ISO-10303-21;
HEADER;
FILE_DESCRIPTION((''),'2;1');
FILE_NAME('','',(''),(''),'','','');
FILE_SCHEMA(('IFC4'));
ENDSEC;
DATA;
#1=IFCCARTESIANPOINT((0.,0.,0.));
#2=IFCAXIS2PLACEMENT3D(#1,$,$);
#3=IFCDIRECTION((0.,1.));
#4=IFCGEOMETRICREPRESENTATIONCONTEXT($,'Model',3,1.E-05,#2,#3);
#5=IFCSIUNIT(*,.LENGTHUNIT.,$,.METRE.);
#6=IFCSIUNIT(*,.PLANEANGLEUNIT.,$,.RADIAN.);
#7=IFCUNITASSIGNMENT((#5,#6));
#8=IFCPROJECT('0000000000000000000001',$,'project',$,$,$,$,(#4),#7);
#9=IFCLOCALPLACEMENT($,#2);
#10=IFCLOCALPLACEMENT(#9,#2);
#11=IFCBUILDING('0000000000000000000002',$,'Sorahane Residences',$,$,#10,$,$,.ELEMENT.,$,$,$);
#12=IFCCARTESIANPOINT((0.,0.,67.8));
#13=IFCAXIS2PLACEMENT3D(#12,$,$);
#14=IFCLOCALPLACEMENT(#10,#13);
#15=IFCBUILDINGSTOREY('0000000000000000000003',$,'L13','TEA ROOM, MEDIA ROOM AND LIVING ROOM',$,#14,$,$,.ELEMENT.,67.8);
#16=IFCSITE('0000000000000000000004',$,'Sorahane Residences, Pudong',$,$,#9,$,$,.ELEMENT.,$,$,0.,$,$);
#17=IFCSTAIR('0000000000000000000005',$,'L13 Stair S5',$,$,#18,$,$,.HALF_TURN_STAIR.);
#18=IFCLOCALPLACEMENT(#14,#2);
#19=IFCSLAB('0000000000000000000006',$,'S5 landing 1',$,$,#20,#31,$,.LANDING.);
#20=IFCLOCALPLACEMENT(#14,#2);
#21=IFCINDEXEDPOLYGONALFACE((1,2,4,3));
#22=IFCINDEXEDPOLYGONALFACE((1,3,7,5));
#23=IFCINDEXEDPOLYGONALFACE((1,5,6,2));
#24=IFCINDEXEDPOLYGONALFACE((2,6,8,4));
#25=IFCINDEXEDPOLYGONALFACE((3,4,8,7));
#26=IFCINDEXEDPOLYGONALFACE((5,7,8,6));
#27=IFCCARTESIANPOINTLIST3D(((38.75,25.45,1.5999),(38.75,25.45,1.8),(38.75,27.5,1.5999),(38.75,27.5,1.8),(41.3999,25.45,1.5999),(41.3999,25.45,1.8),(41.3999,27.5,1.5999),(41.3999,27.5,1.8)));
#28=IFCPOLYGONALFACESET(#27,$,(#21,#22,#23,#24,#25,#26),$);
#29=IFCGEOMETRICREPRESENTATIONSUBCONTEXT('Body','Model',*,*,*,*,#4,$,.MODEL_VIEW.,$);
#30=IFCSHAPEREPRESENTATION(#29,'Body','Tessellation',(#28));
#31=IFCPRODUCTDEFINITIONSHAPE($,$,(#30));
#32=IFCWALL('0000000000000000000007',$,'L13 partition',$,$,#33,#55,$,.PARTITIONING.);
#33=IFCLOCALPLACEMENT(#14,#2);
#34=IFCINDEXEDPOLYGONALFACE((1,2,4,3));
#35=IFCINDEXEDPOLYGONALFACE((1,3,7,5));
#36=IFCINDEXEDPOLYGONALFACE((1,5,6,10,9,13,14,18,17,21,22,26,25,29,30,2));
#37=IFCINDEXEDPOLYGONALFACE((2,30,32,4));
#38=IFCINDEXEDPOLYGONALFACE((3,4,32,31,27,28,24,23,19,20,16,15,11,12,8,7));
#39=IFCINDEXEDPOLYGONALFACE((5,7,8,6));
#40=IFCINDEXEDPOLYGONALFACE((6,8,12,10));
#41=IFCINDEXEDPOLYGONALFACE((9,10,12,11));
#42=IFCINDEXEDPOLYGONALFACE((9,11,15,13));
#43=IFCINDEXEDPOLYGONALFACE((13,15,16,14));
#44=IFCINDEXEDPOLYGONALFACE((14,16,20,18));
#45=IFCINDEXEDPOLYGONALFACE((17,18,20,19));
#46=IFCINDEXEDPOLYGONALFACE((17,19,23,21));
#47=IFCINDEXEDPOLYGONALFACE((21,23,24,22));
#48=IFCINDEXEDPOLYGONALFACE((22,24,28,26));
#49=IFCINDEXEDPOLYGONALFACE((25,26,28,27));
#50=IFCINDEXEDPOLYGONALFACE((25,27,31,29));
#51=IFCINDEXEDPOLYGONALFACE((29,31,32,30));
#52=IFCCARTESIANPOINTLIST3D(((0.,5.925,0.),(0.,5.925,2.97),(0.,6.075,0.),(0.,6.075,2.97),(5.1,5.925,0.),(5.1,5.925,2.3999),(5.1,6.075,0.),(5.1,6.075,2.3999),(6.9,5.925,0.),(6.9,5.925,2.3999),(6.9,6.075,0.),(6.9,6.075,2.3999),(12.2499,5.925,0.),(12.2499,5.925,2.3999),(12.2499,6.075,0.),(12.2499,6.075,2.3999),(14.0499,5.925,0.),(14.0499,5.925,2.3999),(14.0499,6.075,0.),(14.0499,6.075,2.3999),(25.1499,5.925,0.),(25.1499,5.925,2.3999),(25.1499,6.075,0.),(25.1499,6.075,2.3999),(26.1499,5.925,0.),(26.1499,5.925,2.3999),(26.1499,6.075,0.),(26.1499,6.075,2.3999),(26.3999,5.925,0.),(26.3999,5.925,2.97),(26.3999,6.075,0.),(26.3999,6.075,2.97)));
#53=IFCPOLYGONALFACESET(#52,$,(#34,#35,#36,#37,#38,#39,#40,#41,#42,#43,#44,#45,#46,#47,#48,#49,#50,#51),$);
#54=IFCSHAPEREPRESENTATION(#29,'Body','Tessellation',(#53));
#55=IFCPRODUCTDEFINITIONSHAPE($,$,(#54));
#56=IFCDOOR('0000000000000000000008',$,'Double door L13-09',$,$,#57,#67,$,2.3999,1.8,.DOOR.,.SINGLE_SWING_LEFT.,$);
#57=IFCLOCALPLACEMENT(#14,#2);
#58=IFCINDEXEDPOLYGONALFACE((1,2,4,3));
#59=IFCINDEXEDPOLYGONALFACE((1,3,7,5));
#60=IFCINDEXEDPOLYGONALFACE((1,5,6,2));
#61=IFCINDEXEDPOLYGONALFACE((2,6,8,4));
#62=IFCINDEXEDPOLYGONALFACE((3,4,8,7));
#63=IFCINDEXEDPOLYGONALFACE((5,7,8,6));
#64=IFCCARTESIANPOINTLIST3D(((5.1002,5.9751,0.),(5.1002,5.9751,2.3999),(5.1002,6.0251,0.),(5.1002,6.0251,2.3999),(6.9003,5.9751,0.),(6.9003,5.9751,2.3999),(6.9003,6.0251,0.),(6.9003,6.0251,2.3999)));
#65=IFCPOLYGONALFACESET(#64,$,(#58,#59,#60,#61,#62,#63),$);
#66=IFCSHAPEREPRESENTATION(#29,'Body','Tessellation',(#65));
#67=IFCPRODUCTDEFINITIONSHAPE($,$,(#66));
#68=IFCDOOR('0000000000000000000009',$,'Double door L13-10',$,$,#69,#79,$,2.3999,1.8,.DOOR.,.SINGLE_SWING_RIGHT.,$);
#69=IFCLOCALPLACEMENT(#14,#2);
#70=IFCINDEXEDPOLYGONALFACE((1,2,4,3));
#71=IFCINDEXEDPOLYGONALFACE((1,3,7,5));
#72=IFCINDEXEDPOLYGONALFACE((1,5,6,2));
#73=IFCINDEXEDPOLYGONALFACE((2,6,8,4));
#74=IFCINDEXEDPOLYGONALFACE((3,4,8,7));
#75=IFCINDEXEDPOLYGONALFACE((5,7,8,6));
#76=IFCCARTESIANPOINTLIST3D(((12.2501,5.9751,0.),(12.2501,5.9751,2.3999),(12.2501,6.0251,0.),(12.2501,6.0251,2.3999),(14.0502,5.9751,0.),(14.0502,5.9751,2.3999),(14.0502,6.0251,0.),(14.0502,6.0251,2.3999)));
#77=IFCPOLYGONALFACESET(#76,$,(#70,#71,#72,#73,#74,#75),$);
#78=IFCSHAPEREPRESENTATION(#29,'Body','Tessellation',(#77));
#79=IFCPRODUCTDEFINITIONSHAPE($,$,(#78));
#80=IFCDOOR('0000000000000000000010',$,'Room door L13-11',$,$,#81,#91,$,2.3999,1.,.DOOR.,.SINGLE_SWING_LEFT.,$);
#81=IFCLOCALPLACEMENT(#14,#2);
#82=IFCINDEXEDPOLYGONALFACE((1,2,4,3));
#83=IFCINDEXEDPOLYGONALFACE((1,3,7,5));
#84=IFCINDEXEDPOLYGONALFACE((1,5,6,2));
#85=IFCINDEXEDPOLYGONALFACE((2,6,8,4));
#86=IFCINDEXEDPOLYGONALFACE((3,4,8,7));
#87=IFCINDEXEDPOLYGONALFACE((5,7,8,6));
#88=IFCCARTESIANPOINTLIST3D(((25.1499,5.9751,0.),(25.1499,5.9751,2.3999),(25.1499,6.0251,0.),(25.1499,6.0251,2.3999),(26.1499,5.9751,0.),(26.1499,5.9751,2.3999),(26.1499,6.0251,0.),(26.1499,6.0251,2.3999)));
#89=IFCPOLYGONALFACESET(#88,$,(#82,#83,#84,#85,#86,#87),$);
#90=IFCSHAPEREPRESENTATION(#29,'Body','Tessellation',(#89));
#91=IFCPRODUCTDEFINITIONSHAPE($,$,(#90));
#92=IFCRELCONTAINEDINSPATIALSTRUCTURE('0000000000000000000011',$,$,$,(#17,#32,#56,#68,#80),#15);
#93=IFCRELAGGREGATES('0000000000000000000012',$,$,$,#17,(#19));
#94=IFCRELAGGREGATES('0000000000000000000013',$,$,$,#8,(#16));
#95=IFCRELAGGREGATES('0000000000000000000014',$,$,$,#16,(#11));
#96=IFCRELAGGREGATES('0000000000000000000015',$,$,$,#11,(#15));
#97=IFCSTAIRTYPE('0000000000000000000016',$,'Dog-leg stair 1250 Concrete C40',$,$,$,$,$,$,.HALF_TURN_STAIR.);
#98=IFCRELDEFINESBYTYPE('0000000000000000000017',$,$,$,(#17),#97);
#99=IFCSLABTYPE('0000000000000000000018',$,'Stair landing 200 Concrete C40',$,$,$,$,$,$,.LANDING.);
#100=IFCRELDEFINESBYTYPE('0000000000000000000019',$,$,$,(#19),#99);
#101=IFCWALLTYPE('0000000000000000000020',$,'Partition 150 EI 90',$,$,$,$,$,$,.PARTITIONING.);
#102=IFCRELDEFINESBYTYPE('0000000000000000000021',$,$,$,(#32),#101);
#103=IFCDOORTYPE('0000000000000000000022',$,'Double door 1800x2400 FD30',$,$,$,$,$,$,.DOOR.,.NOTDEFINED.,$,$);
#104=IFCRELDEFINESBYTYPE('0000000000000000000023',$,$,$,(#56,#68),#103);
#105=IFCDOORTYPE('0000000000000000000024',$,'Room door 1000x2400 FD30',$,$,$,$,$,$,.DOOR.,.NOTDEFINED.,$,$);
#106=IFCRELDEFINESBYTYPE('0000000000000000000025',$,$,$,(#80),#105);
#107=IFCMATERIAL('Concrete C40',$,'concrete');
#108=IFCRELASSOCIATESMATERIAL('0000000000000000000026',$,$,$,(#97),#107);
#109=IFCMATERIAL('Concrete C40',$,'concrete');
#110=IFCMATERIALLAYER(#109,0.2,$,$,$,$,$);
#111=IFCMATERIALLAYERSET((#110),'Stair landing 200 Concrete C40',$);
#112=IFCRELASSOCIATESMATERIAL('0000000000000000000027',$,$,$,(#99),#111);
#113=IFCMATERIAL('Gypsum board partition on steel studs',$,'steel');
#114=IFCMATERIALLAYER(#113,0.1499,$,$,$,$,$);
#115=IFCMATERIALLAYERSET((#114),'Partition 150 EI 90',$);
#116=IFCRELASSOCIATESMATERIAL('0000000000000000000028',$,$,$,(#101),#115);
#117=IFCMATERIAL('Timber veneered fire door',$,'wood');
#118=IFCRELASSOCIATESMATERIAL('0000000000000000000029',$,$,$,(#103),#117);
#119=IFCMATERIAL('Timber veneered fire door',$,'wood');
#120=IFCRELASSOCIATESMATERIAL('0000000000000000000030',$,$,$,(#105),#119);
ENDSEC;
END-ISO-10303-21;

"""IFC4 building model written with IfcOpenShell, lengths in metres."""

from ifc_helpers import new_model, si_unit, direction, frame, frame_2d, origin, place, context, subcontext, project, spatial, polyline, rectangle, outline, extrude, material, layer, layer_set, type_object, element, fill, aggregate, save


model = new_model("IFC4")

# Units and contexts
model_context = context("Model", 3, precision=1e-05, world=origin(), true_north=direction((0.0, 1.0)))
body_context = subcontext(model_context, "Body", "Model", "MODEL_VIEW")
ifc_project = project(units=[si_unit("LENGTHUNIT", "METRE"), si_unit("PLANEANGLEUNIT", "RADIAN")], contexts=[model_context])

# Site, building, storey
site_placement = place(None, origin())
site = spatial("IfcSite", under=ifc_project, at=site_placement, Name="Sorahane Residences, Pudong", CompositionType="ELEMENT", RefElevation=0.0)
building_placement = place(site_placement, origin())
building = spatial("IfcBuilding", under=site, at=building_placement, Name="Sorahane Residences", CompositionType="ELEMENT")
storey_placement = place(building_placement, frame((0.0, 0.0, 67.8)))
storey = spatial("IfcBuildingStorey", under=building, at=storey_placement, Name="L13", Description="TEA ROOM, MEDIA ROOM AND LIVING ROOM", CompositionType="ELEMENT", Elevation=67.8)

# Stair, slab
ifc_material_1 = material(Name="Concrete C40", Category="concrete")
stair_type = type_object("IfcStairType", Name="Dog-leg stair 1250 Concrete C40", PredefinedType="HALF_TURN_STAIR", material=ifc_material_1)
ifc_material_2 = material(Name="Concrete C40", Category="concrete")
ifc_layer_1 = layer(ifc_material_2, 0.2)
ifc_layer_set_1 = layer_set([ifc_layer_1], Name="Stair landing 200 Concrete C40")
slab_type_1 = type_object("IfcSlabType", Name="Stair landing 200 Concrete C40", PredefinedType="LANDING", material=ifc_layer_set_1)
stair_1_placement = place(storey_placement, origin())
stair_1 = element("IfcStair", 1, at=stair_1_placement, inside=storey, type_object=stair_type, Name="L13 Stair S5", PredefinedType="HALF_TURN_STAIR")
slab_1_placement = place(storey_placement, frame((0.0, 0.0, 1.5999)))
slab_1 = element("IfcSlab", 2, at=slab_1_placement, type_object=slab_type_1, Name="S5 landing 1", PredefinedType="LANDING", context=body_context, shape_type="SweptSolid", body=[
    extrude(outline(polyline([(41.3999, 25.45), (41.3999, 27.5), (38.75, 27.5), (38.75, 25.45), (41.3999, 25.45)])), origin(), (0.0, 0.0, 1.0), 0.2002),
])
aggregate(stair_1, [slab_1])

# Wall, openings, doors
ifc_material_3 = material(Name="Gypsum board partition on steel studs", Category="steel")
ifc_layer_2 = layer(ifc_material_3, 0.1499)
ifc_layer_set_2 = layer_set([ifc_layer_2], Name="Partition 150 EI 90")
wall_type = type_object("IfcWallType", Name="Partition 150 EI 90", PredefinedType="PARTITIONING", material=ifc_layer_set_2)
wall_placement = place(storey_placement, frame((0.0, 6.0, 0.0), z_axis=(0.0, 0.0, 1.0), x_axis=(1.0, 0.0, 0.0)))
wall = element("IfcWall", 3, at=wall_placement, inside=storey, type_object=wall_type, Name="L13 partition", PredefinedType="PARTITIONING", context=body_context, shape_type="SweptSolid", body=[
    extrude(rectangle(XDim=26.3999, YDim=0.1499, at=frame_2d((13.2, 0.0))), origin(), (0.0, 0.0, 1.0), 2.97),
])
opening_1_placement = place(wall_placement, frame((5.1001, 0.0, 0.0)))
opening_1 = element("IfcOpeningElement", 4, at=opening_1_placement, cuts=wall, PredefinedType="OPENING", context=body_context, shape_type="SweptSolid", body=[
    extrude(rectangle(XDim=1.8, YDim=2.3999, at=frame_2d((0.8999, 1.2))), frame((0.0, 0.085, 0.0), z_axis=(0.0, -1.0, 0.0), x_axis=(1.0, 0.0, 0.0)), (0.0, 0.0, 1.0), 0.1699),
])
opening_2_placement = place(wall_placement, frame((12.25, 0.0, 0.0)))
opening_2 = element("IfcOpeningElement", 5, at=opening_2_placement, cuts=wall, PredefinedType="OPENING", context=body_context, shape_type="SweptSolid", body=[
    extrude(rectangle(XDim=1.8, YDim=2.3999, at=frame_2d((0.8999, 1.2))), frame((0.0, 0.085, 0.0), z_axis=(0.0, -1.0, 0.0), x_axis=(1.0, 0.0, 0.0)), (0.0, 0.0, 1.0), 0.1699),
])
opening_3_placement = place(wall_placement, frame((25.1499, 0.0, 0.0)))
opening_3 = element("IfcOpeningElement", 6, at=opening_3_placement, cuts=wall, PredefinedType="OPENING", context=body_context, shape_type="SweptSolid", body=[
    extrude(rectangle(XDim=1.0, YDim=2.3999, at=frame_2d((0.5, 1.2))), frame((0.0, 0.085, 0.0), z_axis=(0.0, -1.0, 0.0), x_axis=(1.0, 0.0, 0.0)), (0.0, 0.0, 1.0), 0.1699),
])
ifc_material_4 = material(Name="Timber veneered fire door", Category="wood")
door_type_1 = type_object("IfcDoorType", Name="Double door 1800x2400 FD30", OperationType="NOTDEFINED", PredefinedType="DOOR", material=ifc_material_4)
door_1_placement = place(opening_1_placement, frame((1.8, 0.0, 0.0), z_axis=(0.0, 0.0, 1.0), x_axis=(-1.0, 0.0, 0.0)))
door_1 = element("IfcDoor", 7, at=door_1_placement, inside=storey, type_object=door_type_1, Name="Double door L13-09", OperationType="SINGLE_SWING_LEFT", OverallHeight=2.3999, OverallWidth=1.8, PredefinedType="DOOR", context=body_context, shape_type="SweptSolid", body=[
    extrude(rectangle(XDim=1.8, YDim=2.3999, at=frame_2d((0.8999, 1.2))), frame((0.0, 0.0249, 0.0), z_axis=(0.0, -1.0, 0.0), x_axis=(1.0, 0.0, 0.0)), (0.0, 0.0, 1.0), 0.05),
])
fill(opening_1, door_1)
door_2_placement = place(opening_2_placement, frame((1.8, 0.0, 0.0), z_axis=(0.0, 0.0, 1.0), x_axis=(-1.0, 0.0, 0.0)))
door_2 = element("IfcDoor", 8, at=door_2_placement, inside=storey, type_object=door_type_1, Name="Double door L13-10", OperationType="SINGLE_SWING_RIGHT", OverallHeight=2.3999, OverallWidth=1.8, PredefinedType="DOOR", context=body_context, shape_type="SweptSolid", body=[
    extrude(rectangle(XDim=1.8, YDim=2.3999, at=frame_2d((0.8999, 1.2))), frame((0.0, 0.0249, 0.0), z_axis=(0.0, -1.0, 0.0), x_axis=(1.0, 0.0, 0.0)), (0.0, 0.0, 1.0), 0.05),
])
fill(opening_2, door_2)
ifc_material_5 = material(Name="Timber veneered fire door", Category="wood")
door_type_2 = type_object("IfcDoorType", Name="Room door 1000x2400 FD30", OperationType="NOTDEFINED", PredefinedType="DOOR", material=ifc_material_5)
door_3_placement = place(opening_3_placement, frame((1.0, 0.0, 0.0), z_axis=(0.0, 0.0, 1.0), x_axis=(-1.0, 0.0, 0.0)))
door_3 = element("IfcDoor", 9, at=door_3_placement, inside=storey, type_object=door_type_2, Name="Room door L13-11", OperationType="SINGLE_SWING_LEFT", OverallHeight=2.3999, OverallWidth=1.0, PredefinedType="DOOR", context=body_context, shape_type="SweptSolid", body=[
    extrude(rectangle(XDim=1.0, YDim=2.3999, at=frame_2d((0.5, 1.2))), frame((0.0, 0.0249, 0.0), z_axis=(0.0, -1.0, 0.0), x_axis=(1.0, 0.0, 0.0)), (0.0, 0.0, 1.0), 0.05),
])
fill(opening_3, door_3)

save(model, "model.ifc")
